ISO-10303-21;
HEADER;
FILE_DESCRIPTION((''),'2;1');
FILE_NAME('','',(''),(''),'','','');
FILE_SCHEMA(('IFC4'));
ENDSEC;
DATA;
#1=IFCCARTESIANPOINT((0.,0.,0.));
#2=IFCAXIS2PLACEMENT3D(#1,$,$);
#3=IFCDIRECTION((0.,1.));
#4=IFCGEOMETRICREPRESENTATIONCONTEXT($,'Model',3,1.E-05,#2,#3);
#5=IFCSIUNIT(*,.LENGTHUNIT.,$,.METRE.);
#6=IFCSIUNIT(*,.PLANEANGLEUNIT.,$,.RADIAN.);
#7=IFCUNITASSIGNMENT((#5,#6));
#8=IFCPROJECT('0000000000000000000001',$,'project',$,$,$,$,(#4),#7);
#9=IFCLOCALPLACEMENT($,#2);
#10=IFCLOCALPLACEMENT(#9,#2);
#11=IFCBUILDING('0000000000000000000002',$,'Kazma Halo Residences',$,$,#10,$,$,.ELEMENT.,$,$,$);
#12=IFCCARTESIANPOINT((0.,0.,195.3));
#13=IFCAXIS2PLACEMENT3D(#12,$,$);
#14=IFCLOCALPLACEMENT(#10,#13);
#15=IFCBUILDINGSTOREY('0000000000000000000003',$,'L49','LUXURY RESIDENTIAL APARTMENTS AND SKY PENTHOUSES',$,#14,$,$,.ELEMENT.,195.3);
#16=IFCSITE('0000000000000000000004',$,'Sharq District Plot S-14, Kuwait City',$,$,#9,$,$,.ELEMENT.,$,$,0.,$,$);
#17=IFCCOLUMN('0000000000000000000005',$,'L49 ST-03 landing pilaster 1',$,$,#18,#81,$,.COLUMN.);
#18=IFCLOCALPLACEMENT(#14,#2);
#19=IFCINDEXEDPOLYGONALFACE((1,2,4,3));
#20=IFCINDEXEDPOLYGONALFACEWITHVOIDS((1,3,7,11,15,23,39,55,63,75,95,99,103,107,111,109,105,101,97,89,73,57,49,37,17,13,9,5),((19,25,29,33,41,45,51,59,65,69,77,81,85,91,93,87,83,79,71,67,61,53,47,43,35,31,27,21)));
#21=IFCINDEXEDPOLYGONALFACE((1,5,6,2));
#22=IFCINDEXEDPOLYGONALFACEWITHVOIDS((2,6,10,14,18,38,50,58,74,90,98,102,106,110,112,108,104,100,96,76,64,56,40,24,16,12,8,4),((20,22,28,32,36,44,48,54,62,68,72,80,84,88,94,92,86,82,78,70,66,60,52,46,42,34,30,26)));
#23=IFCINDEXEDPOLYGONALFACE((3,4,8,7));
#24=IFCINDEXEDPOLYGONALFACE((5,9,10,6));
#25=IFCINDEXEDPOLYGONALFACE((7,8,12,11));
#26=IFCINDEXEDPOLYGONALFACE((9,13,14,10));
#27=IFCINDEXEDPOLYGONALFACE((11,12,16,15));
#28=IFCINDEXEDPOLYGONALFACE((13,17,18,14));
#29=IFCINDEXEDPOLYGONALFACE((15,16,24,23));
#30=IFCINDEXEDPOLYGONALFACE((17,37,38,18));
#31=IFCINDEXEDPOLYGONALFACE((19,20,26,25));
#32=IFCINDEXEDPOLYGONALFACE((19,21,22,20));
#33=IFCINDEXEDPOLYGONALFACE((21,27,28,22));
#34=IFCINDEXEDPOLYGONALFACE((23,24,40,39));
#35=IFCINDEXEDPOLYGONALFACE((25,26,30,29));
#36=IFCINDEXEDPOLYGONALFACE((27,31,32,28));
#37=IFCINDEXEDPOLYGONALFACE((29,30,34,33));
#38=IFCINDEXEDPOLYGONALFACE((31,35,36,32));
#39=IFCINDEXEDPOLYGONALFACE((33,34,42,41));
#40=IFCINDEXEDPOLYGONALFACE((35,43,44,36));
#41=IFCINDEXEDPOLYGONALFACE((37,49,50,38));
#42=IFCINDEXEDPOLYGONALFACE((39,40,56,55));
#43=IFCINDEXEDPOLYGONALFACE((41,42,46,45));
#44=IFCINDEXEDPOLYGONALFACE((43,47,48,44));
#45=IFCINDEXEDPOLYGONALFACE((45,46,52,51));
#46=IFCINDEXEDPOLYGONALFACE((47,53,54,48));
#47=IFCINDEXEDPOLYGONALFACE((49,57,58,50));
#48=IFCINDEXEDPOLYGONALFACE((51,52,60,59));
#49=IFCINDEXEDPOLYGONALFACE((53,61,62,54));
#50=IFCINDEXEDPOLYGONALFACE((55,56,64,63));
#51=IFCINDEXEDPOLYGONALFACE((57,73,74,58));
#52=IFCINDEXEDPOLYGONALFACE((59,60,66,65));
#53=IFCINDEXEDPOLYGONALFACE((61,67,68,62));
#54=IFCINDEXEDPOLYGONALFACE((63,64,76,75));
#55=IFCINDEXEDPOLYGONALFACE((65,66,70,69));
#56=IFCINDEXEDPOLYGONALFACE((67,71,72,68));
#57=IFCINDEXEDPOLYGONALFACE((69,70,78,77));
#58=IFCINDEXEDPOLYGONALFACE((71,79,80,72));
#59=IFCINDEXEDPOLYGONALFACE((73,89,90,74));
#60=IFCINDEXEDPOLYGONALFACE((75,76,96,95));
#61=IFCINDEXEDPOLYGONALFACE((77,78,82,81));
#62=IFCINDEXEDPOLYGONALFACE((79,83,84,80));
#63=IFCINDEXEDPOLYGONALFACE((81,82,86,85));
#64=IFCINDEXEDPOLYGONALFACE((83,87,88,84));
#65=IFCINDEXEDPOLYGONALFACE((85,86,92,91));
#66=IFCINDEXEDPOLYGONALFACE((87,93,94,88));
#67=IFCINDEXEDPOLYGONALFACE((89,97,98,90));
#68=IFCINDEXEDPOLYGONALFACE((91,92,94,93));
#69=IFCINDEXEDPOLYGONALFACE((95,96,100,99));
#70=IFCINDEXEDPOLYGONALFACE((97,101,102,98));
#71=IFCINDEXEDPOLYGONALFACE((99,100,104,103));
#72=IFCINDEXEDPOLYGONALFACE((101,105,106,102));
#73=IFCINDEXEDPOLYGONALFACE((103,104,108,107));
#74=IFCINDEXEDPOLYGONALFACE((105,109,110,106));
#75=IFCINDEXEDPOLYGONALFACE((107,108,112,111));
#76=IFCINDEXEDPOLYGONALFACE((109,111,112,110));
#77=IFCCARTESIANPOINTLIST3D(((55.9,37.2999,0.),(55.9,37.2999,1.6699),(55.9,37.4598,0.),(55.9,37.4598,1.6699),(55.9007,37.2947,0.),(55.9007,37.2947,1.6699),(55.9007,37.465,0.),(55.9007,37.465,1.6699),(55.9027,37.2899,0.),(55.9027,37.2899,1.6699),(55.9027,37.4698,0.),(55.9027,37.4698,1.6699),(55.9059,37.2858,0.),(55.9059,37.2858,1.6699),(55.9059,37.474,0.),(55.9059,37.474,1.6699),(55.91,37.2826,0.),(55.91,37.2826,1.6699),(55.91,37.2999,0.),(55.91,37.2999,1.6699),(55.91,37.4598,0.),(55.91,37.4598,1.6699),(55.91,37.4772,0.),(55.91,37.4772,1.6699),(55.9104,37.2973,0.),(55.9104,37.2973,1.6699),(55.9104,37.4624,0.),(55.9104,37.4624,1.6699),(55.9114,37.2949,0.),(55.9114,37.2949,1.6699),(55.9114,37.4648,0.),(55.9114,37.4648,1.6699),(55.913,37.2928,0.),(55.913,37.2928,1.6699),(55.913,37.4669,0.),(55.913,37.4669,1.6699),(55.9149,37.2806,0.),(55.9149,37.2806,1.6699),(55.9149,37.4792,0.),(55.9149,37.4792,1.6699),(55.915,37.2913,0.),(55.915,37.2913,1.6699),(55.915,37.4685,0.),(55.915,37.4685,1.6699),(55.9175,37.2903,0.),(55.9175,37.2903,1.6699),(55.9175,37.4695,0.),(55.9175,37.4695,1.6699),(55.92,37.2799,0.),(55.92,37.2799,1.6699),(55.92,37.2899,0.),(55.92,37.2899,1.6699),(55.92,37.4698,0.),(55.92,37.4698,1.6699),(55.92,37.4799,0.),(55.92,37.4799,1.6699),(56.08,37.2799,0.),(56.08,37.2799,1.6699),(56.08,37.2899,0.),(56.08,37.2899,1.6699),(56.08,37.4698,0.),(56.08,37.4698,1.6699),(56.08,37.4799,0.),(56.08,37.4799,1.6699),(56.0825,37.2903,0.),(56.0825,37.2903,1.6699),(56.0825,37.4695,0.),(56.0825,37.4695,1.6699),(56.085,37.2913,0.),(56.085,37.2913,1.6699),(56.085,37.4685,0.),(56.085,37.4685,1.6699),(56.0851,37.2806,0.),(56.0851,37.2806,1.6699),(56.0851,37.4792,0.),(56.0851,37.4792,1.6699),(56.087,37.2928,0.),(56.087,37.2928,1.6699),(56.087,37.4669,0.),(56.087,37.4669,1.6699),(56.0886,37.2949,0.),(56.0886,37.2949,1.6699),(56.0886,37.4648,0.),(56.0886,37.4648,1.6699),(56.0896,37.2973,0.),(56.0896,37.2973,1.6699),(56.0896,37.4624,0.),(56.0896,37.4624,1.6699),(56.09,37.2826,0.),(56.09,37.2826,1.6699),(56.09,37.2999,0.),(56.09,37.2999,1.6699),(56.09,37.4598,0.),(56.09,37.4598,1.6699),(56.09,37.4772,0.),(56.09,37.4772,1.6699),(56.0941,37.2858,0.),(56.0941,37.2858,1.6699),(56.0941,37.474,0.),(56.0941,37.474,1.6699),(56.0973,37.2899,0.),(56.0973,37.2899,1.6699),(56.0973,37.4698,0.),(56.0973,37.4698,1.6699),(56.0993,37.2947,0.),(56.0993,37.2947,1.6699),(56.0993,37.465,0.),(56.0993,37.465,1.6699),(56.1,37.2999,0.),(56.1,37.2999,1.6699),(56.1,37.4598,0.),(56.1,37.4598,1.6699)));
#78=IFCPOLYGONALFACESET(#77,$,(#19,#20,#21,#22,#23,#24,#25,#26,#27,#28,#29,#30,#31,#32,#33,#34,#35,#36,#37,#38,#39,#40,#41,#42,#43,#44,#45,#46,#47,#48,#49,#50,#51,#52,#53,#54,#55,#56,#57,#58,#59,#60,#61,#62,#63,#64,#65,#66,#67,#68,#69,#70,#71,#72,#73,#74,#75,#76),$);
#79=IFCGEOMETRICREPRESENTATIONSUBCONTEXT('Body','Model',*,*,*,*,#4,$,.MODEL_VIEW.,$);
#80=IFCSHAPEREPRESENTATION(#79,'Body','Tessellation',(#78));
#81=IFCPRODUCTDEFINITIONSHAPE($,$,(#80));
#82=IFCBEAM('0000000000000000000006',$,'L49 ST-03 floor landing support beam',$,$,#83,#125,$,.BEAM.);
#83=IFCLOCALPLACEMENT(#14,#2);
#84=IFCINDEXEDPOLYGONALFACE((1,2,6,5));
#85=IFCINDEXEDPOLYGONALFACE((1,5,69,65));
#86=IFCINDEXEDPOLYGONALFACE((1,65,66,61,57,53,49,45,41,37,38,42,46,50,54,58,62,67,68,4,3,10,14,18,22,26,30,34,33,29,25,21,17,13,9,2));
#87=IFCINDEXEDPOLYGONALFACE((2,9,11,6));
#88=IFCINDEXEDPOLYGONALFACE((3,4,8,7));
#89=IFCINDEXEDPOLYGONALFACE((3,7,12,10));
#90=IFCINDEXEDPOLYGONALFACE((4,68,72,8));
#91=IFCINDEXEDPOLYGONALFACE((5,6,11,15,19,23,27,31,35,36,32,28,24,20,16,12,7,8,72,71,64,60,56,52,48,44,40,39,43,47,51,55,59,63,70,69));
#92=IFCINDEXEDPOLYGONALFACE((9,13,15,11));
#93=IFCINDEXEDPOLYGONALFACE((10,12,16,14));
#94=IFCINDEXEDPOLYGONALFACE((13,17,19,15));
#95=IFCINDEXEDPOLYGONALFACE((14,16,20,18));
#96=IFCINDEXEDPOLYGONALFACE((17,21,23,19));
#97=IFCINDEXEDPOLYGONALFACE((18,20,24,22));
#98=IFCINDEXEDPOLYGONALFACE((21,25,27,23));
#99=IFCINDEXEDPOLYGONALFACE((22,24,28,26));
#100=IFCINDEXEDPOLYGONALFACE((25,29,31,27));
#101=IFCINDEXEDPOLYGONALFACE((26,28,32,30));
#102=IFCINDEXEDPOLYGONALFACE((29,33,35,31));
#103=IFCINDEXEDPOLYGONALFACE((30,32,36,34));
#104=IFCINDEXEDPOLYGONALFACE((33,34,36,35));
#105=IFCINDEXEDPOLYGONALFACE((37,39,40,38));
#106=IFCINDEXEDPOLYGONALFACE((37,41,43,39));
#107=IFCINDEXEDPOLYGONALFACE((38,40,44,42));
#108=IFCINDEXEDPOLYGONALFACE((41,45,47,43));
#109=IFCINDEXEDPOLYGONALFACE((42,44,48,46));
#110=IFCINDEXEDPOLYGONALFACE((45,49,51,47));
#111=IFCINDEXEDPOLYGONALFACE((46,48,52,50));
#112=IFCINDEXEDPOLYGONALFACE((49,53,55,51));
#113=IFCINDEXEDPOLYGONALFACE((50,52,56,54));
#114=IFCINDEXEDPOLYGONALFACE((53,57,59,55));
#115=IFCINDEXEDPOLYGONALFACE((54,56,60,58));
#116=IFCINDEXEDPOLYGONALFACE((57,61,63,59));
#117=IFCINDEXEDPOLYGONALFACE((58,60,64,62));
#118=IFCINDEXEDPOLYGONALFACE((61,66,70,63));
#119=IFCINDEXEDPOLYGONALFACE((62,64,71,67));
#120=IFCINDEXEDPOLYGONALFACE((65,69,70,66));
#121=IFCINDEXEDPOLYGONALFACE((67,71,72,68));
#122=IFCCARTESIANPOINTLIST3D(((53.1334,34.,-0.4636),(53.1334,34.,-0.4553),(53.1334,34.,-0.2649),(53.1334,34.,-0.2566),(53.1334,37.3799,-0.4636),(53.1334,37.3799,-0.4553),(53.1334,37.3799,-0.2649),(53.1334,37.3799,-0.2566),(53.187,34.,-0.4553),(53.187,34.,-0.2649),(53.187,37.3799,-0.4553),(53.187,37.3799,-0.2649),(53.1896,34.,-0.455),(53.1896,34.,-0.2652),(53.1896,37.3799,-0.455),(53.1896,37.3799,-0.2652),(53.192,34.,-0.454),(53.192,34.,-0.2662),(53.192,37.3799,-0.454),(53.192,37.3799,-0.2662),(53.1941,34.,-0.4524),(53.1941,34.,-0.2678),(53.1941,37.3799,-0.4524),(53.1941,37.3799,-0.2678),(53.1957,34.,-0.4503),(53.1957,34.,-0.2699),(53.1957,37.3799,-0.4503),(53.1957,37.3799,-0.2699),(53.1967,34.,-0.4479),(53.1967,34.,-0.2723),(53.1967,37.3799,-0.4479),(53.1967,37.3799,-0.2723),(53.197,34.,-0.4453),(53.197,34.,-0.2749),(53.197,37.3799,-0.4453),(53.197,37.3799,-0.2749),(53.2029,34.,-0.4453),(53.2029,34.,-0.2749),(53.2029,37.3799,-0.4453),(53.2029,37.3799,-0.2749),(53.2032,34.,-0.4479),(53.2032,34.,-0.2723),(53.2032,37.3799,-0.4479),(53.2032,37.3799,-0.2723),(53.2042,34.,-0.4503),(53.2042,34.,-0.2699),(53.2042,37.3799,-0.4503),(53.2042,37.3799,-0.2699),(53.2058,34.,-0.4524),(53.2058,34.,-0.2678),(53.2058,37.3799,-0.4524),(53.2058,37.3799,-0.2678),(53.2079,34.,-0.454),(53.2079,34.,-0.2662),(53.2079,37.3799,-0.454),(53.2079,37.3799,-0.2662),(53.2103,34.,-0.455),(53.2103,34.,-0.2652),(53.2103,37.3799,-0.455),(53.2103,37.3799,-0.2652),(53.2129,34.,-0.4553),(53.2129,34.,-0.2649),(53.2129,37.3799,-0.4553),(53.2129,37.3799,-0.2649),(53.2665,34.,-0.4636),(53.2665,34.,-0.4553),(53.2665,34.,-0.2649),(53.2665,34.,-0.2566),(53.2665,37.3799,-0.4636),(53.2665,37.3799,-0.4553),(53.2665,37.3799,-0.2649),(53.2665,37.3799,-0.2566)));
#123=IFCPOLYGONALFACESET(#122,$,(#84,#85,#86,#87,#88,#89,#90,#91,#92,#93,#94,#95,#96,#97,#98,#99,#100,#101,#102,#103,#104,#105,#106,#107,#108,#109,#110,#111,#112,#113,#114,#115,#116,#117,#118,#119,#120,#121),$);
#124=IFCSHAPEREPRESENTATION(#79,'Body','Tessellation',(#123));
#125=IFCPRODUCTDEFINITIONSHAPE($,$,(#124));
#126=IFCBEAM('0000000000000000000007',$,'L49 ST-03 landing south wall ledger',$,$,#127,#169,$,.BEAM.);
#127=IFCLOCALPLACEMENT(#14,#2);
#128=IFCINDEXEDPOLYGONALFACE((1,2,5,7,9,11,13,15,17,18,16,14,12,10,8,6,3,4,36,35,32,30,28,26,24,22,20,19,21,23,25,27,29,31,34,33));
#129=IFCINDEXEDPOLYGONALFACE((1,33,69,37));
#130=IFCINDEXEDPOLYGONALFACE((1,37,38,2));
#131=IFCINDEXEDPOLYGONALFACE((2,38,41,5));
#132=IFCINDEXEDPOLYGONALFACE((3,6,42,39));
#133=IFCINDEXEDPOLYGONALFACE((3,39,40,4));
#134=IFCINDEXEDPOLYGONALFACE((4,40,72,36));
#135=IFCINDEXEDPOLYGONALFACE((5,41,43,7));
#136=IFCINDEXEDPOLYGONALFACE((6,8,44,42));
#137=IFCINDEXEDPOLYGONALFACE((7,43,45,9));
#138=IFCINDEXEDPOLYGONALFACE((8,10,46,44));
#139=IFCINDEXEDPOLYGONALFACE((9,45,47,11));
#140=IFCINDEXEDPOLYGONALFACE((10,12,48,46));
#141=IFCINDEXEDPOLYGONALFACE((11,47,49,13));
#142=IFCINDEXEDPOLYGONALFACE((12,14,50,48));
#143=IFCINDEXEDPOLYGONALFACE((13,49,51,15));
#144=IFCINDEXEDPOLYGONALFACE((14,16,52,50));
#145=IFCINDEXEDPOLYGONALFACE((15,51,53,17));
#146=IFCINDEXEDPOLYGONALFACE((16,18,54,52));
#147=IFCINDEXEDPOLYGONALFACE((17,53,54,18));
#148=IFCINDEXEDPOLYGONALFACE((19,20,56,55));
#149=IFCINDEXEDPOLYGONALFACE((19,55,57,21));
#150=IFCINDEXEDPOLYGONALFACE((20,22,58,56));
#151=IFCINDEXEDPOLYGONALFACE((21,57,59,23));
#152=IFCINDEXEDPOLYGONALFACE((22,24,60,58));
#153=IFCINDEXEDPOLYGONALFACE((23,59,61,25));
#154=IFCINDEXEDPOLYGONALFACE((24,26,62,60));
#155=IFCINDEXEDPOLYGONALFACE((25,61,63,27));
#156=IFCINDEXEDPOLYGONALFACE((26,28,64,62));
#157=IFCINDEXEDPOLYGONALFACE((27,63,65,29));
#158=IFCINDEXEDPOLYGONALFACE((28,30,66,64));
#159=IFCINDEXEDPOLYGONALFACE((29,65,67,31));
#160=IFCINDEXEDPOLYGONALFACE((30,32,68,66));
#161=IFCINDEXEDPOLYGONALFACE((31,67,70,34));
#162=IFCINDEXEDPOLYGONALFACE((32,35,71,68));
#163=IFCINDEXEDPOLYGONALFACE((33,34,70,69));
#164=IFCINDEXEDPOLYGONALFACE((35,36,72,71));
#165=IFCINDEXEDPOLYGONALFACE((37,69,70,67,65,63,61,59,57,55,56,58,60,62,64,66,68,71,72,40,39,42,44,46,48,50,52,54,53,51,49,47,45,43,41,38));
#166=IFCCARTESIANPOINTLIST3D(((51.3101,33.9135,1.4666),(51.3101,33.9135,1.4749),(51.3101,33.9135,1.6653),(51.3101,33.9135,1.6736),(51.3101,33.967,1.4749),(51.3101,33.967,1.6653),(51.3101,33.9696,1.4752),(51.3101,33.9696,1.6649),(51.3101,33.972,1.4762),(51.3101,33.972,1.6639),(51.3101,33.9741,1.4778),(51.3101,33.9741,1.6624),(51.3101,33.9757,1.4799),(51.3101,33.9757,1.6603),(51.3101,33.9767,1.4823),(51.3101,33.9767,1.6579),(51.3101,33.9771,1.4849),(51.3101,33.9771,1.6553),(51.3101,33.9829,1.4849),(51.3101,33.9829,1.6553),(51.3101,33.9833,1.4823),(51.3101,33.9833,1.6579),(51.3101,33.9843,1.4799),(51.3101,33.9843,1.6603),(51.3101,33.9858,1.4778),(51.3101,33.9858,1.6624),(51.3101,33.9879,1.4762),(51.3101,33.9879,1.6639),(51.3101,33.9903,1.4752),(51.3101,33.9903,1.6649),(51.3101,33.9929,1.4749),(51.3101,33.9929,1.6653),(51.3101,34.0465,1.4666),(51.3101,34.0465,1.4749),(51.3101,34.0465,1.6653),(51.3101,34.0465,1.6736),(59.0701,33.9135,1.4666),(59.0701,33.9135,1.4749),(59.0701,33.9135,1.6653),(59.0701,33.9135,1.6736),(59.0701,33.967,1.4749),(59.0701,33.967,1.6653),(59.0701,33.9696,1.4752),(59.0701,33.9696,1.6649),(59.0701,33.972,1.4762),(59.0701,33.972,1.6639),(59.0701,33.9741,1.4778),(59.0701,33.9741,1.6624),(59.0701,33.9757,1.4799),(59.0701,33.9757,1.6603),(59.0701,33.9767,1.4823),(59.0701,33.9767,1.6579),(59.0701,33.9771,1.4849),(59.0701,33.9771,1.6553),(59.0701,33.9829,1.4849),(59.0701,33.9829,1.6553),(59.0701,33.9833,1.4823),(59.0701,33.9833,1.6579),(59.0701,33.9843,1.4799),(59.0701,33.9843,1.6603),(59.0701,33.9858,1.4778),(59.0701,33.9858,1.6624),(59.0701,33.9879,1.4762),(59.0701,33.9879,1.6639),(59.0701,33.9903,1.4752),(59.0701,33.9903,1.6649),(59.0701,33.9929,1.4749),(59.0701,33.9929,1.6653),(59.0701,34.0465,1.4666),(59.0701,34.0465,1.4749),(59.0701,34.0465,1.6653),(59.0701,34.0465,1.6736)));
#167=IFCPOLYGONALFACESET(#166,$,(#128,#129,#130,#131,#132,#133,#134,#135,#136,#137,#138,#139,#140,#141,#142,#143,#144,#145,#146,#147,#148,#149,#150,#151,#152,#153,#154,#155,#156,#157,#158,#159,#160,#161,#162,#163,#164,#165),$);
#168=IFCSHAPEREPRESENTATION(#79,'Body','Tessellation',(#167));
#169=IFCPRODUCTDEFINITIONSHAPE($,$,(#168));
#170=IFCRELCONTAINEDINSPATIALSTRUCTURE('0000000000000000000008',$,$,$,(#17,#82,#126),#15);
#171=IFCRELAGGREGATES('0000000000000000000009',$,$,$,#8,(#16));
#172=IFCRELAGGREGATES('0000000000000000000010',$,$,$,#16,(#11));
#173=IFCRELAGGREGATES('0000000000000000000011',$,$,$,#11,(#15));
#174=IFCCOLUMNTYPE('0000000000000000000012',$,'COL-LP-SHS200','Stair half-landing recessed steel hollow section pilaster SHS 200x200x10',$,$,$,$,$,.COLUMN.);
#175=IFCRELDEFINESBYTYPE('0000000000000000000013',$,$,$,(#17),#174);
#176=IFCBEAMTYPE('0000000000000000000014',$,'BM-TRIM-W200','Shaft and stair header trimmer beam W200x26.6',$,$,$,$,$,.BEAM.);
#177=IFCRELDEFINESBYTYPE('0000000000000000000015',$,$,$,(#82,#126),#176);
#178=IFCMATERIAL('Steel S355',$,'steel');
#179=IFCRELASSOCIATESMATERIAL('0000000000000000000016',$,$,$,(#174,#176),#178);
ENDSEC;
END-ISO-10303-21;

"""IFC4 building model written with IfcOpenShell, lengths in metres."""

from ifc_helpers import new_model, si_unit, direction, frame, origin, origin_2d, place, context, subcontext, project, spatial, hollow_rectangle, i_section, extrude, material, material_profile, profile_set, type_object, element, save


model = new_model("IFC4")

# Units and contexts
model_context = context("Model", 3, precision=1e-05, world=origin(), true_north=direction((0.0, 1.0)))
body_context = subcontext(model_context, "Body", "Model", "MODEL_VIEW")
ifc_project = project(units=[si_unit("LENGTHUNIT", "METRE"), si_unit("PLANEANGLEUNIT", "RADIAN")], contexts=[model_context])

# Site, building, storey
site_placement = place(None, origin())
site = spatial("IfcSite", under=ifc_project, at=site_placement, Name="Sharq District Plot S-14, Kuwait City", CompositionType="ELEMENT", RefElevation=0.0)
building_placement = place(site_placement, origin())
building = spatial("IfcBuilding", under=site, at=building_placement, Name="Kazma Halo Residences", CompositionType="ELEMENT")
storey_placement = place(building_placement, frame((0.0, 0.0, 195.3)))
storey = spatial("IfcBuildingStorey", under=building, at=storey_placement, Name="L49", Description="LUXURY RESIDENTIAL APARTMENTS AND SKY PENTHOUSES", CompositionType="ELEMENT", Elevation=195.3)

# Column
ifc_material_1 = material(Name="Steel S355", Category="steel")
ifc_material_profile_1 = material_profile(ifc_material_1, hollow_rectangle(XDim=0.2, YDim=0.2, WallThickness=0.01, InnerFilletRadius=0.01, OuterFilletRadius=0.02, at=origin_2d()), Name="SHS200x200x10")
ifc_profile_set_1 = profile_set([ifc_material_profile_1], Name="Steel S355")
column_type = type_object("IfcColumnType", Name="COL-LP-SHS200", Description="Stair half-landing recessed steel hollow section pilaster SHS 200x200x10", PredefinedType="COLUMN", material=ifc_profile_set_1)
column_placement = place(storey_placement, frame((56.0, 37.3799, 0.0), z_axis=(0.0, 0.0, 1.0), x_axis=(1.0, 0.0, 0.0)))
element("IfcColumn", 1, at=column_placement, inside=storey, type_object=column_type, Name="L49 ST-03 landing pilaster 1", PredefinedType="COLUMN", context=body_context, shape_type="SweptSolid", body=[
    extrude(hollow_rectangle(XDim=0.2, YDim=0.2, WallThickness=0.01, InnerFilletRadius=0.01, OuterFilletRadius=0.02, at=origin_2d()), origin(), (0.0, 0.0, 1.0), 1.6699),
])

# Beams
ifc_material_profile_2 = material_profile(ifc_material_1, i_section(OverallWidth=0.1331, OverallDepth=0.207, WebThickness=0.0059, FlangeThickness=0.0083, FilletRadius=0.01, at=origin_2d()), Name="W200x26.6")
ifc_profile_set_2 = profile_set([ifc_material_profile_2], Name="Steel S355")
beam_type = type_object("IfcBeamType", Name="BM-TRIM-W200", Description="Shaft and stair header trimmer beam W200x26.6", PredefinedType="BEAM", material=ifc_profile_set_2)
beam_1_placement = place(storey_placement, frame((53.2, 34.0, -0.3601), z_axis=(0.0, 1.0, 0.0), x_axis=(-1.0, 0.0, 0.0)))
element("IfcBeam", 2, at=beam_1_placement, inside=storey, type_object=beam_type, Name="L49 ST-03 floor landing support beam", PredefinedType="BEAM", context=body_context, shape_type="SweptSolid", body=[
    extrude(i_section(OverallWidth=0.1331, OverallDepth=0.207, WebThickness=0.0059, FlangeThickness=0.0083, FilletRadius=0.01, at=origin_2d()), origin(), (0.0, 0.0, 1.0), 3.3799),
])
beam_2_placement = place(storey_placement, frame((51.3101, 33.98, 1.5701), z_axis=(1.0, 0.0, 0.0), x_axis=(0.0, 1.0, 0.0)))
element("IfcBeam", 3, at=beam_2_placement, inside=storey, type_object=beam_type, Name="L49 ST-03 landing south wall ledger", PredefinedType="BEAM", context=body_context, shape_type="SweptSolid", body=[
    extrude(i_section(OverallWidth=0.1331, OverallDepth=0.207, WebThickness=0.0059, FlangeThickness=0.0083, FilletRadius=0.01, at=origin_2d()), origin(), (0.0, 0.0, 1.0), 7.76),
])

save(model, "model.ifc")
